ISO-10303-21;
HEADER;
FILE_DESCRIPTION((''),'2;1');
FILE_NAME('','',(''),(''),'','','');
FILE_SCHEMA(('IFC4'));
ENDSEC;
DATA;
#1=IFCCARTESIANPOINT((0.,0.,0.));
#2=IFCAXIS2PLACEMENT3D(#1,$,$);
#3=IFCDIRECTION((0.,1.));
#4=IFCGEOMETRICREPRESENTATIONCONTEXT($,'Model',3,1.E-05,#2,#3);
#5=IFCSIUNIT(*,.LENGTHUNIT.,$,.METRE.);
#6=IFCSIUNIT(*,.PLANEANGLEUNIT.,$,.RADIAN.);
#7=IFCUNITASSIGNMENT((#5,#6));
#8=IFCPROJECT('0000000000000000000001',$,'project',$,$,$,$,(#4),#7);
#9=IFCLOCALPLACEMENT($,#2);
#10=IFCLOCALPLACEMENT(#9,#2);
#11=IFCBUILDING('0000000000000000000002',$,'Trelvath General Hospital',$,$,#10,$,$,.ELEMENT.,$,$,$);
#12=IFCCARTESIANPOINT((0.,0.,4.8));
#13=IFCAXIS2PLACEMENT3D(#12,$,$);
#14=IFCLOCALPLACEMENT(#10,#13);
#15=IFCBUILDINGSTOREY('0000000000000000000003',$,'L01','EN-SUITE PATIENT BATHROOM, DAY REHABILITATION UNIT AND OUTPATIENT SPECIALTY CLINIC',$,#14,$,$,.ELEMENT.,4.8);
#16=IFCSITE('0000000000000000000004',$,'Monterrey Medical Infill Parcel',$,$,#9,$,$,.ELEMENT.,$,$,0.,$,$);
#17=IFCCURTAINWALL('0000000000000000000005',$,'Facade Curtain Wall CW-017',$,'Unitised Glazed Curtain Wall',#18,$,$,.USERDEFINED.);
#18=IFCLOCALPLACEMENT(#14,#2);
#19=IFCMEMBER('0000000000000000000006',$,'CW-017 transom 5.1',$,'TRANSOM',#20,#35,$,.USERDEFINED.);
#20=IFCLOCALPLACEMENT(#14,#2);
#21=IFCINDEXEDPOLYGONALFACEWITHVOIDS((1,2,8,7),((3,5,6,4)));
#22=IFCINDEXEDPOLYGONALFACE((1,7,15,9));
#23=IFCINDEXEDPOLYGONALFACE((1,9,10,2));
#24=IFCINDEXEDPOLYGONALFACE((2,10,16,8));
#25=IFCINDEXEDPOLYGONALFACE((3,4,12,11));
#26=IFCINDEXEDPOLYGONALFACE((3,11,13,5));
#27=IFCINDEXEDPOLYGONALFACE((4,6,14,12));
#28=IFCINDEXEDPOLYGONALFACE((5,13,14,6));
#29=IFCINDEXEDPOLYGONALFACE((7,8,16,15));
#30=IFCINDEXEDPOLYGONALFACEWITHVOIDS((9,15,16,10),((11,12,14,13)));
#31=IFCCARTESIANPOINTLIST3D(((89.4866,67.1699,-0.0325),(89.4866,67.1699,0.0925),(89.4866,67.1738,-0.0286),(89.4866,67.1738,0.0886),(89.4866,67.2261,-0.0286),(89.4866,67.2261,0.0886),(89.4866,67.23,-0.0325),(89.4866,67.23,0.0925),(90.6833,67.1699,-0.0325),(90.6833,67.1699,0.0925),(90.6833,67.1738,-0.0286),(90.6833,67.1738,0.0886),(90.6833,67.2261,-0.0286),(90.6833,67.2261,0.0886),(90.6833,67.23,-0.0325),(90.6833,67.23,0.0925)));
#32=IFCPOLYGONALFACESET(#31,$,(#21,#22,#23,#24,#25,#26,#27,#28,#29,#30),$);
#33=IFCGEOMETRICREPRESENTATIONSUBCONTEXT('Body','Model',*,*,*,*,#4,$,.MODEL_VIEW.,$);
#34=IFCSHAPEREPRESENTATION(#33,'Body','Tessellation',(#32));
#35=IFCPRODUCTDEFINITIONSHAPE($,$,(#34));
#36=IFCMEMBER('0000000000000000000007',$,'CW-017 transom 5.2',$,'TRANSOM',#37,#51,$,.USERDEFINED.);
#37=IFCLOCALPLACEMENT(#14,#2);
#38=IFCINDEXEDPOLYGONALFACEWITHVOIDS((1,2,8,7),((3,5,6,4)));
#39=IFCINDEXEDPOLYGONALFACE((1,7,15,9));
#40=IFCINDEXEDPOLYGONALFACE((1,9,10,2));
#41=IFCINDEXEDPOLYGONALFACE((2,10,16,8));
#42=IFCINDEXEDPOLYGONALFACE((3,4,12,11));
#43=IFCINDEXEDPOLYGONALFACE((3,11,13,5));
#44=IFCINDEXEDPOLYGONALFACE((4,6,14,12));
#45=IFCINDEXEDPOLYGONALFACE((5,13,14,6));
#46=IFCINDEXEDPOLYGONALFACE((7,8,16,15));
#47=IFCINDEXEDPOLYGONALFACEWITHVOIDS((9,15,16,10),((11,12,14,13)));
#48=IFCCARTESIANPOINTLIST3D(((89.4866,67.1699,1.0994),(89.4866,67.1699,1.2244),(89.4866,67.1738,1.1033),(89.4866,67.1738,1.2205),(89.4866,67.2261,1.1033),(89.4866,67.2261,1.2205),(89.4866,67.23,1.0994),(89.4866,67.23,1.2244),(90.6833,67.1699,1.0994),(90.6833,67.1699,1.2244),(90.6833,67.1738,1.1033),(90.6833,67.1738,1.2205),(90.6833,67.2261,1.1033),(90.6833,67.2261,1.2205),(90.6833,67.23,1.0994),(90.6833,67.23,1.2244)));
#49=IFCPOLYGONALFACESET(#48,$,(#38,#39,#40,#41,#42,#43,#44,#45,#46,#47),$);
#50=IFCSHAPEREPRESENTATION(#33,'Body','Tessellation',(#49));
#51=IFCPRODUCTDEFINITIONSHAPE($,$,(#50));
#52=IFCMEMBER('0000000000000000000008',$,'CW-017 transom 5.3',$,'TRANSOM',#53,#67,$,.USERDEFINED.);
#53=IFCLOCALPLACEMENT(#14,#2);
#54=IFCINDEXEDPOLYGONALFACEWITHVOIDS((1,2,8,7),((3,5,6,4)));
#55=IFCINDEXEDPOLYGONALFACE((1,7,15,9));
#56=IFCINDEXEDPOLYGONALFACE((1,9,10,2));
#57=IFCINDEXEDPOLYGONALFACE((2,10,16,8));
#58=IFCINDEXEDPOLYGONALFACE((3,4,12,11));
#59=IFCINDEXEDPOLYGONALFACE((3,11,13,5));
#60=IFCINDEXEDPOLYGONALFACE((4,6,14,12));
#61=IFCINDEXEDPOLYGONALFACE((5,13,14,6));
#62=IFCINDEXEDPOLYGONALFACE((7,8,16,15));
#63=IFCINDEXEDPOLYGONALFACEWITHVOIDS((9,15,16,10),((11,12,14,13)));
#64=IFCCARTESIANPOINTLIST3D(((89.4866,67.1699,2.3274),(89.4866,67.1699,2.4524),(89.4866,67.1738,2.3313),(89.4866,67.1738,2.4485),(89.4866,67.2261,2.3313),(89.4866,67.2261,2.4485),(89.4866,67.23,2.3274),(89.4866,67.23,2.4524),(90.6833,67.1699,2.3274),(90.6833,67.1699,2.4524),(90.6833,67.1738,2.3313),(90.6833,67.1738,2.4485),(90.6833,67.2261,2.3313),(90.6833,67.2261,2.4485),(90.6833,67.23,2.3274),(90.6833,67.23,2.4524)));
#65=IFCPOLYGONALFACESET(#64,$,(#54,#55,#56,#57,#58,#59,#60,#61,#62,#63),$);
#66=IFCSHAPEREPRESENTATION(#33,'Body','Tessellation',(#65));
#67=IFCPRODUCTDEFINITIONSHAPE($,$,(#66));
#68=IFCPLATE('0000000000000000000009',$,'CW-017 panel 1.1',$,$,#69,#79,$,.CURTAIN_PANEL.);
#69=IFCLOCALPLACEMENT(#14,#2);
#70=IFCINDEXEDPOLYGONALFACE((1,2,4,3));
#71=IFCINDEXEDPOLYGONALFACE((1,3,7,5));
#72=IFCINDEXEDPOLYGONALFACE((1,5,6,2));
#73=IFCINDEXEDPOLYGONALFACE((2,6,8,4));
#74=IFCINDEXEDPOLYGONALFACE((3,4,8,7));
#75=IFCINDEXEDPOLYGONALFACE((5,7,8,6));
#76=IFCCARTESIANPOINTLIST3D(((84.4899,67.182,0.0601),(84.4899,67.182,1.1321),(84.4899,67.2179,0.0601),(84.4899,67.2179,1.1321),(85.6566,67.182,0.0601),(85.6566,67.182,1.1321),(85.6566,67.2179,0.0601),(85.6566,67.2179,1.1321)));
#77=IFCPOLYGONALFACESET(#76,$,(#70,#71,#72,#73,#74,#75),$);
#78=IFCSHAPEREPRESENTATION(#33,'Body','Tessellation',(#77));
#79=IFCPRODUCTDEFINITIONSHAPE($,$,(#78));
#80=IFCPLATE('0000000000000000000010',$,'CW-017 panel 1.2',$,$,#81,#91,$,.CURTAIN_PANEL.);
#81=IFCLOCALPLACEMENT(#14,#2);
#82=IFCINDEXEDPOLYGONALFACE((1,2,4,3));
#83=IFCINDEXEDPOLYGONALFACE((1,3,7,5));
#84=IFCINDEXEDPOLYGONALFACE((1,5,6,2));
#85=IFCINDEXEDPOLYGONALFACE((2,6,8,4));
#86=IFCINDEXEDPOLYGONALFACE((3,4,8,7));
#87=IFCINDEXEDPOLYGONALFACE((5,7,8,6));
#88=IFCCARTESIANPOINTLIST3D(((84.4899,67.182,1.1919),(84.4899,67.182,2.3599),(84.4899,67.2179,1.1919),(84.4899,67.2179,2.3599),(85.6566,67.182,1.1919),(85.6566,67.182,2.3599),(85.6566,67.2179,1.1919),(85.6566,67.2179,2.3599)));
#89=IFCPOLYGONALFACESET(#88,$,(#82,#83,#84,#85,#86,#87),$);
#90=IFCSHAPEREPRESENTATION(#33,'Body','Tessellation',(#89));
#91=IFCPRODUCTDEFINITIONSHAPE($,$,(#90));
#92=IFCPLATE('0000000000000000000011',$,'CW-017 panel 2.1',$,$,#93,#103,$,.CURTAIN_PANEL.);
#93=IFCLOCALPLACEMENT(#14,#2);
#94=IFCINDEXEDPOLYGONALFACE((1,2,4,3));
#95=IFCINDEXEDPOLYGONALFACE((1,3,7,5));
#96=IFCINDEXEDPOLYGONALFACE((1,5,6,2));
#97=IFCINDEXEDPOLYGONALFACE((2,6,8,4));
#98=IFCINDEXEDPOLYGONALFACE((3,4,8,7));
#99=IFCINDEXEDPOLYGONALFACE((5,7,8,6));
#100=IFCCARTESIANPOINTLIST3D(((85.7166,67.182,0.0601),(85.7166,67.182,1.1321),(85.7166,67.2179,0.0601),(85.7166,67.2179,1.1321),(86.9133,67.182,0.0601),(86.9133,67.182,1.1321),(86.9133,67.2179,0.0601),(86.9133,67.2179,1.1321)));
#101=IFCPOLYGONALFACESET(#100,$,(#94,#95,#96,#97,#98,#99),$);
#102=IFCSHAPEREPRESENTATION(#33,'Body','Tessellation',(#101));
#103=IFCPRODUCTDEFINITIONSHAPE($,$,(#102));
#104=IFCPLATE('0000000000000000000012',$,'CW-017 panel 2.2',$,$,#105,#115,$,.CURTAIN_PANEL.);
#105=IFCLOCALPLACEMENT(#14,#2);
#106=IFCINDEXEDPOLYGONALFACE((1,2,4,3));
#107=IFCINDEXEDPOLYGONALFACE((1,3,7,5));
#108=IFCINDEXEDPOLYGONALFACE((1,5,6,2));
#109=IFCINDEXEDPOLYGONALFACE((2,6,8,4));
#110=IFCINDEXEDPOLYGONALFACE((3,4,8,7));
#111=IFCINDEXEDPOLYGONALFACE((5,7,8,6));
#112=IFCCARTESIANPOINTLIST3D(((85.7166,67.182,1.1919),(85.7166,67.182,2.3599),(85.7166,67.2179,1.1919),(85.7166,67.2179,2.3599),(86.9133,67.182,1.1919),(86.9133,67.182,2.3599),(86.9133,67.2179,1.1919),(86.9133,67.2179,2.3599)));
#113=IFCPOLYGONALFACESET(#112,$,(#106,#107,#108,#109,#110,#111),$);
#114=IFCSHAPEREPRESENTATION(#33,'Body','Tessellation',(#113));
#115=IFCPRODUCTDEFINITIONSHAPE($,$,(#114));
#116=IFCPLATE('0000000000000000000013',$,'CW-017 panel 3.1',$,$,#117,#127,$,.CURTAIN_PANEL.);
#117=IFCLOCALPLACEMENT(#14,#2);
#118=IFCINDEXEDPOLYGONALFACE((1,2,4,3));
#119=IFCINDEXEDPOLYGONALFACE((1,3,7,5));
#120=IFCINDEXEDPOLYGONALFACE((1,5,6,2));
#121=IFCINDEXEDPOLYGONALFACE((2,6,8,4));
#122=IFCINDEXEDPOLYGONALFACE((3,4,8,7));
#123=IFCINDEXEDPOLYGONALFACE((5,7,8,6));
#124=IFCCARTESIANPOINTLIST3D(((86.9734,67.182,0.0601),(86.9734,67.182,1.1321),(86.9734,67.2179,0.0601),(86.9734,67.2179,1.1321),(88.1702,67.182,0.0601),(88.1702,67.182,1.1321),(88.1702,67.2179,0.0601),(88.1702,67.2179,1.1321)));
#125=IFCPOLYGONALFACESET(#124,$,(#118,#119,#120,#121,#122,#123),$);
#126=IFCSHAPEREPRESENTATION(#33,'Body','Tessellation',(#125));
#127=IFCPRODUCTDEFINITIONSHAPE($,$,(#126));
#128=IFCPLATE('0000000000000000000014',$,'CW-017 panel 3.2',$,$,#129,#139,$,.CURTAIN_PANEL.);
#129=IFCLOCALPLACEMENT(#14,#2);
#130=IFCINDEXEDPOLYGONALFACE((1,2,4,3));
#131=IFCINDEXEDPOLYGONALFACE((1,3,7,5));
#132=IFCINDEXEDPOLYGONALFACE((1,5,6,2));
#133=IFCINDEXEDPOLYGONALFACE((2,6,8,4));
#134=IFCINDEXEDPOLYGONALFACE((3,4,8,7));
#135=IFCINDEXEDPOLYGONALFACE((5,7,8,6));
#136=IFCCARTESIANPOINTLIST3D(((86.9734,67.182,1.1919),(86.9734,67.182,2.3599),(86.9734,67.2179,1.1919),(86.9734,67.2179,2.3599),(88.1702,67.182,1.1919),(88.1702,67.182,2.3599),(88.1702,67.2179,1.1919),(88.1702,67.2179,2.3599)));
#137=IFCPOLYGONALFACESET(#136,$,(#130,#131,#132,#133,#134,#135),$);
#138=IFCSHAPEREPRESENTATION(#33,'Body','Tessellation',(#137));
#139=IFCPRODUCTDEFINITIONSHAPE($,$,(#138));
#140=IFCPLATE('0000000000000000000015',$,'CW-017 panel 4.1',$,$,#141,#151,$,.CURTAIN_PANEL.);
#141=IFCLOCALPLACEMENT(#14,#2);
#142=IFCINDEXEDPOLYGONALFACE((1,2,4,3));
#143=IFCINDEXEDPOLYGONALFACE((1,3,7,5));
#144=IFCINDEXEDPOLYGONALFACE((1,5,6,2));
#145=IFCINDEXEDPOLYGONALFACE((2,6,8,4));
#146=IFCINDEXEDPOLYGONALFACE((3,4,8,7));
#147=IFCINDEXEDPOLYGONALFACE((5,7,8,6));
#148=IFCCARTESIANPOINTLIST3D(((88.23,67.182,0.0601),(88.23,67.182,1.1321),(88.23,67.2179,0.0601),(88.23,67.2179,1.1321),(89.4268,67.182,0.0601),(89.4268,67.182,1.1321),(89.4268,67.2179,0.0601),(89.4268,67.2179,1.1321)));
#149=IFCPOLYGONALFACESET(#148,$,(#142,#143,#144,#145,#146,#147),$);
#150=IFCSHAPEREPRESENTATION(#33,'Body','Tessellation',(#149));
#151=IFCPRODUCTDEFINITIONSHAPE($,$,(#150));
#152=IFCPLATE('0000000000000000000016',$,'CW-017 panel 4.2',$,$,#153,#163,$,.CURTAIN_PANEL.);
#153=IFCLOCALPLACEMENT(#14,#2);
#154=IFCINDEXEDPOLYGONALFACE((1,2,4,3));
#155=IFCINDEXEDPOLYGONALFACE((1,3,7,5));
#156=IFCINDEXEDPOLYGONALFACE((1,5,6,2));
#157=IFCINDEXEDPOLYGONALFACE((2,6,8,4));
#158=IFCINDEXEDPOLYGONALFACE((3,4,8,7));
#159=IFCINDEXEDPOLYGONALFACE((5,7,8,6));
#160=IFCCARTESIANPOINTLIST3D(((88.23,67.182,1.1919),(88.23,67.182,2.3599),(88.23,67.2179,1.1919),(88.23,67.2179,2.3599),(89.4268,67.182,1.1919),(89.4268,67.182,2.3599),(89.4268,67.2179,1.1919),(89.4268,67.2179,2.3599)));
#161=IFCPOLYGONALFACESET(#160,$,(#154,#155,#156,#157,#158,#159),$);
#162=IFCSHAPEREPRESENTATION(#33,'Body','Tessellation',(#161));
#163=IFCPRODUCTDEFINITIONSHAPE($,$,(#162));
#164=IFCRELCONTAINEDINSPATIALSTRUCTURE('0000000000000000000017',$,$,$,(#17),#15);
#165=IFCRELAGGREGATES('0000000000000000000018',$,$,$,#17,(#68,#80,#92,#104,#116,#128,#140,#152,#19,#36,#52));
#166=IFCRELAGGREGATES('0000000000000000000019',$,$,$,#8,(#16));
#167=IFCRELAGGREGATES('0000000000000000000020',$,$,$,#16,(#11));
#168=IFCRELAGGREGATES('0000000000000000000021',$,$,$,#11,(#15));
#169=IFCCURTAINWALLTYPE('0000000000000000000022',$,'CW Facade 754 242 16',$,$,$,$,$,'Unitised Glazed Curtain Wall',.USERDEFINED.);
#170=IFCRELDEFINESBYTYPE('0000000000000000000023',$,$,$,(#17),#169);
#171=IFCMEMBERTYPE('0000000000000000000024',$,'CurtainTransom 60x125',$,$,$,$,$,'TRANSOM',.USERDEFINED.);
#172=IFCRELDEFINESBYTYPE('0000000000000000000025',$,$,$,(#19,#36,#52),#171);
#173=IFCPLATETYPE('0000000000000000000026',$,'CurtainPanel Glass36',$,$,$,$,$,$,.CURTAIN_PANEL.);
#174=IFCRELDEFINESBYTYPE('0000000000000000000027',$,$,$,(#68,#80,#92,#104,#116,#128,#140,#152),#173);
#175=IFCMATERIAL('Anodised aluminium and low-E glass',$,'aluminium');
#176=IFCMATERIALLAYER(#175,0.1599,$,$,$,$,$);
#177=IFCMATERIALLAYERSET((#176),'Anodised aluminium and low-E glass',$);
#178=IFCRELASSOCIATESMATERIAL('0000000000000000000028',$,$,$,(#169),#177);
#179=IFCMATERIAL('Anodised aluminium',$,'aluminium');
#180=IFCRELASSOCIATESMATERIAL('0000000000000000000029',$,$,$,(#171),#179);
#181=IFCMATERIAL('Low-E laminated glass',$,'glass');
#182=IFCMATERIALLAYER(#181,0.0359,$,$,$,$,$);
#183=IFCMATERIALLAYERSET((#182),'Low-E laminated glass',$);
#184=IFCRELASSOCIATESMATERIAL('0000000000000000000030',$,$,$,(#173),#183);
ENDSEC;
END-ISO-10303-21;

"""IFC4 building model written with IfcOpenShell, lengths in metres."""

from ifc_helpers import new_model, si_unit, direction, frame, origin, origin_2d, place, context, subcontext, project, spatial, rectangle, hollow_rectangle, extrude, material, layer, layer_set, material_profile, profile_set, type_object, element, aggregate, save


model = new_model("IFC4")

# Units and contexts
model_context = context("Model", 3, precision=1e-05, world=origin(), true_north=direction((0.0, 1.0)))
body_context = subcontext(model_context, "Body", "Model", "MODEL_VIEW")
ifc_project = project(units=[si_unit("LENGTHUNIT", "METRE"), si_unit("PLANEANGLEUNIT", "RADIAN")], contexts=[model_context])

# Site, building, storey
site_placement = place(None, origin())
site = spatial("IfcSite", under=ifc_project, at=site_placement, Name="Monterrey Medical Infill Parcel", CompositionType="ELEMENT", RefElevation=0.0)
building_placement = place(site_placement, origin())
building = spatial("IfcBuilding", under=site, at=building_placement, Name="Trelvath General Hospital", CompositionType="ELEMENT")
storey_placement = place(building_placement, frame((0.0, 0.0, 4.8)))
storey = spatial("IfcBuildingStorey", under=building, at=storey_placement, Name="L01", Description="EN-SUITE PATIENT BATHROOM, DAY REHABILITATION UNIT AND OUTPATIENT SPECIALTY CLINIC", CompositionType="ELEMENT", Elevation=4.8)

# Curtain wall, members, plates
ifc_material_1 = material(Name="Anodised aluminium and low-E glass", Category="aluminium")
ifc_layer_1 = layer(ifc_material_1, 0.1599)
ifc_layer_set_1 = layer_set([ifc_layer_1], Name="Anodised aluminium and low-E glass")
curtain_wall_type = type_object("IfcCurtainWallType", Name="CW Facade 754 242 16", ElementType="Unitised Glazed Curtain Wall", PredefinedType="USERDEFINED", material=ifc_layer_set_1)
curtain_wall_placement = place(storey_placement, origin())
curtain_wall = element("IfcCurtainWall", 1, at=curtain_wall_placement, inside=storey, type_object=curtain_wall_type, Name="Facade Curtain Wall CW-017", ObjectType="Unitised Glazed Curtain Wall", PredefinedType="USERDEFINED")
ifc_material_2 = material(Name="Anodised aluminium", Category="aluminium")
ifc_material_profile_1 = material_profile(ifc_material_2, hollow_rectangle(XDim=0.0601, YDim=0.125, WallThickness=0.0039, at=origin_2d()), Name="RHS60x125x4")
ifc_profile_set_1 = profile_set([ifc_material_profile_1], Name="Anodised aluminium")
member_type_1 = type_object("IfcMemberType", Name="CurtainTransom 60x125", ElementType="TRANSOM", PredefinedType="USERDEFINED", material=ifc_profile_set_1)
member_1_placement = place(storey_placement, frame((89.4866, 67.2, 0.03), z_axis=(1.0, 0.0, 0.0), x_axis=(0.0, 1.0, 0.0)))
member_1 = element("IfcMember", 2, at=member_1_placement, type_object=member_type_1, Name="CW-017 transom 5.1", ObjectType="TRANSOM", PredefinedType="USERDEFINED", context=body_context, shape_type="SweptSolid", body=[
    extrude(hollow_rectangle(XDim=0.0601, YDim=0.125, WallThickness=0.0039, at=origin_2d()), origin(), (0.0, 0.0, 1.0), 1.1968),
])
member_2_placement = place(storey_placement, frame((89.4866, 67.2, 1.1619), z_axis=(1.0, 0.0, 0.0), x_axis=(0.0, 1.0, 0.0)))
member_2 = element("IfcMember", 3, at=member_2_placement, type_object=member_type_1, Name="CW-017 transom 5.2", ObjectType="TRANSOM", PredefinedType="USERDEFINED", context=body_context, shape_type="SweptSolid", body=[
    extrude(hollow_rectangle(XDim=0.0601, YDim=0.125, WallThickness=0.0039, at=origin_2d()), origin(), (0.0, 0.0, 1.0), 1.1968),
])
member_3_placement = place(storey_placement, frame((89.4866, 67.2, 2.3899), z_axis=(1.0, 0.0, 0.0), x_axis=(0.0, 1.0, 0.0)))
member_3 = element("IfcMember", 4, at=member_3_placement, type_object=member_type_1, Name="CW-017 transom 5.3", ObjectType="TRANSOM", PredefinedType="USERDEFINED", context=body_context, shape_type="SweptSolid", body=[
    extrude(hollow_rectangle(XDim=0.0601, YDim=0.125, WallThickness=0.0039, at=origin_2d()), origin(), (0.0, 0.0, 1.0), 1.1968),
])
ifc_material_3 = material(Name="Low-E laminated glass", Category="glass")
ifc_layer_2 = layer(ifc_material_3, 0.0359)
ifc_layer_set_2 = layer_set([ifc_layer_2], Name="Low-E laminated glass")
plate_type = type_object("IfcPlateType", Name="CurtainPanel Glass36", PredefinedType="CURTAIN_PANEL", material=ifc_layer_set_2)
plate_1_placement = place(storey_placement, frame((85.0732, 67.2, 0.0601), z_axis=(0.0, 0.0, 1.0), x_axis=(1.0, 0.0, 0.0)))
plate_1 = element("IfcPlate", 5, at=plate_1_placement, type_object=plate_type, Name="CW-017 panel 1.1", PredefinedType="CURTAIN_PANEL", context=body_context, shape_type="SweptSolid", body=[
    extrude(rectangle(XDim=1.1667, YDim=0.0359, at=origin_2d()), origin(), (0.0, 0.0, 1.0), 1.072),
])
plate_2_placement = place(storey_placement, frame((85.0732, 67.2, 1.1919), z_axis=(0.0, 0.0, 1.0), x_axis=(1.0, 0.0, 0.0)))
plate_2 = element("IfcPlate", 6, at=plate_2_placement, type_object=plate_type, Name="CW-017 panel 1.2", PredefinedType="CURTAIN_PANEL", context=body_context, shape_type="SweptSolid", body=[
    extrude(rectangle(XDim=1.1667, YDim=0.0359, at=origin_2d()), origin(), (0.0, 0.0, 1.0), 1.168),
])
plate_3_placement = place(storey_placement, frame((86.3149, 67.2, 0.0601), z_axis=(0.0, 0.0, 1.0), x_axis=(1.0, 0.0, 0.0)))
plate_3 = element("IfcPlate", 7, at=plate_3_placement, type_object=plate_type, Name="CW-017 panel 2.1", PredefinedType="CURTAIN_PANEL", context=body_context, shape_type="SweptSolid", body=[
    extrude(rectangle(XDim=1.1968, YDim=0.0359, at=origin_2d()), origin(), (0.0, 0.0, 1.0), 1.072),
])
plate_4_placement = place(storey_placement, frame((86.3149, 67.2, 1.1919), z_axis=(0.0, 0.0, 1.0), x_axis=(1.0, 0.0, 0.0)))
plate_4 = element("IfcPlate", 8, at=plate_4_placement, type_object=plate_type, Name="CW-017 panel 2.2", PredefinedType="CURTAIN_PANEL", context=body_context, shape_type="SweptSolid", body=[
    extrude(rectangle(XDim=1.1968, YDim=0.0359, at=origin_2d()), origin(), (0.0, 0.0, 1.0), 1.168),
])
plate_5_placement = place(storey_placement, frame((87.5718, 67.2, 0.0601), z_axis=(0.0, 0.0, 1.0), x_axis=(1.0, 0.0, 0.0)))
plate_5 = element("IfcPlate", 9, at=plate_5_placement, type_object=plate_type, Name="CW-017 panel 3.1", PredefinedType="CURTAIN_PANEL", context=body_context, shape_type="SweptSolid", body=[
    extrude(rectangle(XDim=1.1968, YDim=0.0359, at=origin_2d()), origin(), (0.0, 0.0, 1.0), 1.072),
])
plate_6_placement = place(storey_placement, frame((87.5718, 67.2, 1.1919), z_axis=(0.0, 0.0, 1.0), x_axis=(1.0, 0.0, 0.0)))
plate_6 = element("IfcPlate", 10, at=plate_6_placement, type_object=plate_type, Name="CW-017 panel 3.2", PredefinedType="CURTAIN_PANEL", context=body_context, shape_type="SweptSolid", body=[
    extrude(rectangle(XDim=1.1968, YDim=0.0359, at=origin_2d()), origin(), (0.0, 0.0, 1.0), 1.168),
])
plate_7_placement = place(storey_placement, frame((88.8284, 67.2, 0.0601), z_axis=(0.0, 0.0, 1.0), x_axis=(1.0, 0.0, 0.0)))
plate_7 = element("IfcPlate", 11, at=plate_7_placement, type_object=plate_type, Name="CW-017 panel 4.1", PredefinedType="CURTAIN_PANEL", context=body_context, shape_type="SweptSolid", body=[
    extrude(rectangle(XDim=1.1968, YDim=0.0359, at=origin_2d()), origin(), (0.0, 0.0, 1.0), 1.072),
])
plate_8_placement = place(storey_placement, frame((88.8284, 67.2, 1.1919), z_axis=(0.0, 0.0, 1.0), x_axis=(1.0, 0.0, 0.0)))
plate_8 = element("IfcPlate", 12, at=plate_8_placement, type_object=plate_type, Name="CW-017 panel 4.2", PredefinedType="CURTAIN_PANEL", context=body_context, shape_type="SweptSolid", body=[
    extrude(rectangle(XDim=1.1968, YDim=0.0359, at=origin_2d()), origin(), (0.0, 0.0, 1.0), 1.168),
])
aggregate(curtain_wall, [plate_1, plate_2, plate_3, plate_4, plate_5, plate_6, plate_7, plate_8, member_1, member_2, member_3])

save(model, "model.ifc")
